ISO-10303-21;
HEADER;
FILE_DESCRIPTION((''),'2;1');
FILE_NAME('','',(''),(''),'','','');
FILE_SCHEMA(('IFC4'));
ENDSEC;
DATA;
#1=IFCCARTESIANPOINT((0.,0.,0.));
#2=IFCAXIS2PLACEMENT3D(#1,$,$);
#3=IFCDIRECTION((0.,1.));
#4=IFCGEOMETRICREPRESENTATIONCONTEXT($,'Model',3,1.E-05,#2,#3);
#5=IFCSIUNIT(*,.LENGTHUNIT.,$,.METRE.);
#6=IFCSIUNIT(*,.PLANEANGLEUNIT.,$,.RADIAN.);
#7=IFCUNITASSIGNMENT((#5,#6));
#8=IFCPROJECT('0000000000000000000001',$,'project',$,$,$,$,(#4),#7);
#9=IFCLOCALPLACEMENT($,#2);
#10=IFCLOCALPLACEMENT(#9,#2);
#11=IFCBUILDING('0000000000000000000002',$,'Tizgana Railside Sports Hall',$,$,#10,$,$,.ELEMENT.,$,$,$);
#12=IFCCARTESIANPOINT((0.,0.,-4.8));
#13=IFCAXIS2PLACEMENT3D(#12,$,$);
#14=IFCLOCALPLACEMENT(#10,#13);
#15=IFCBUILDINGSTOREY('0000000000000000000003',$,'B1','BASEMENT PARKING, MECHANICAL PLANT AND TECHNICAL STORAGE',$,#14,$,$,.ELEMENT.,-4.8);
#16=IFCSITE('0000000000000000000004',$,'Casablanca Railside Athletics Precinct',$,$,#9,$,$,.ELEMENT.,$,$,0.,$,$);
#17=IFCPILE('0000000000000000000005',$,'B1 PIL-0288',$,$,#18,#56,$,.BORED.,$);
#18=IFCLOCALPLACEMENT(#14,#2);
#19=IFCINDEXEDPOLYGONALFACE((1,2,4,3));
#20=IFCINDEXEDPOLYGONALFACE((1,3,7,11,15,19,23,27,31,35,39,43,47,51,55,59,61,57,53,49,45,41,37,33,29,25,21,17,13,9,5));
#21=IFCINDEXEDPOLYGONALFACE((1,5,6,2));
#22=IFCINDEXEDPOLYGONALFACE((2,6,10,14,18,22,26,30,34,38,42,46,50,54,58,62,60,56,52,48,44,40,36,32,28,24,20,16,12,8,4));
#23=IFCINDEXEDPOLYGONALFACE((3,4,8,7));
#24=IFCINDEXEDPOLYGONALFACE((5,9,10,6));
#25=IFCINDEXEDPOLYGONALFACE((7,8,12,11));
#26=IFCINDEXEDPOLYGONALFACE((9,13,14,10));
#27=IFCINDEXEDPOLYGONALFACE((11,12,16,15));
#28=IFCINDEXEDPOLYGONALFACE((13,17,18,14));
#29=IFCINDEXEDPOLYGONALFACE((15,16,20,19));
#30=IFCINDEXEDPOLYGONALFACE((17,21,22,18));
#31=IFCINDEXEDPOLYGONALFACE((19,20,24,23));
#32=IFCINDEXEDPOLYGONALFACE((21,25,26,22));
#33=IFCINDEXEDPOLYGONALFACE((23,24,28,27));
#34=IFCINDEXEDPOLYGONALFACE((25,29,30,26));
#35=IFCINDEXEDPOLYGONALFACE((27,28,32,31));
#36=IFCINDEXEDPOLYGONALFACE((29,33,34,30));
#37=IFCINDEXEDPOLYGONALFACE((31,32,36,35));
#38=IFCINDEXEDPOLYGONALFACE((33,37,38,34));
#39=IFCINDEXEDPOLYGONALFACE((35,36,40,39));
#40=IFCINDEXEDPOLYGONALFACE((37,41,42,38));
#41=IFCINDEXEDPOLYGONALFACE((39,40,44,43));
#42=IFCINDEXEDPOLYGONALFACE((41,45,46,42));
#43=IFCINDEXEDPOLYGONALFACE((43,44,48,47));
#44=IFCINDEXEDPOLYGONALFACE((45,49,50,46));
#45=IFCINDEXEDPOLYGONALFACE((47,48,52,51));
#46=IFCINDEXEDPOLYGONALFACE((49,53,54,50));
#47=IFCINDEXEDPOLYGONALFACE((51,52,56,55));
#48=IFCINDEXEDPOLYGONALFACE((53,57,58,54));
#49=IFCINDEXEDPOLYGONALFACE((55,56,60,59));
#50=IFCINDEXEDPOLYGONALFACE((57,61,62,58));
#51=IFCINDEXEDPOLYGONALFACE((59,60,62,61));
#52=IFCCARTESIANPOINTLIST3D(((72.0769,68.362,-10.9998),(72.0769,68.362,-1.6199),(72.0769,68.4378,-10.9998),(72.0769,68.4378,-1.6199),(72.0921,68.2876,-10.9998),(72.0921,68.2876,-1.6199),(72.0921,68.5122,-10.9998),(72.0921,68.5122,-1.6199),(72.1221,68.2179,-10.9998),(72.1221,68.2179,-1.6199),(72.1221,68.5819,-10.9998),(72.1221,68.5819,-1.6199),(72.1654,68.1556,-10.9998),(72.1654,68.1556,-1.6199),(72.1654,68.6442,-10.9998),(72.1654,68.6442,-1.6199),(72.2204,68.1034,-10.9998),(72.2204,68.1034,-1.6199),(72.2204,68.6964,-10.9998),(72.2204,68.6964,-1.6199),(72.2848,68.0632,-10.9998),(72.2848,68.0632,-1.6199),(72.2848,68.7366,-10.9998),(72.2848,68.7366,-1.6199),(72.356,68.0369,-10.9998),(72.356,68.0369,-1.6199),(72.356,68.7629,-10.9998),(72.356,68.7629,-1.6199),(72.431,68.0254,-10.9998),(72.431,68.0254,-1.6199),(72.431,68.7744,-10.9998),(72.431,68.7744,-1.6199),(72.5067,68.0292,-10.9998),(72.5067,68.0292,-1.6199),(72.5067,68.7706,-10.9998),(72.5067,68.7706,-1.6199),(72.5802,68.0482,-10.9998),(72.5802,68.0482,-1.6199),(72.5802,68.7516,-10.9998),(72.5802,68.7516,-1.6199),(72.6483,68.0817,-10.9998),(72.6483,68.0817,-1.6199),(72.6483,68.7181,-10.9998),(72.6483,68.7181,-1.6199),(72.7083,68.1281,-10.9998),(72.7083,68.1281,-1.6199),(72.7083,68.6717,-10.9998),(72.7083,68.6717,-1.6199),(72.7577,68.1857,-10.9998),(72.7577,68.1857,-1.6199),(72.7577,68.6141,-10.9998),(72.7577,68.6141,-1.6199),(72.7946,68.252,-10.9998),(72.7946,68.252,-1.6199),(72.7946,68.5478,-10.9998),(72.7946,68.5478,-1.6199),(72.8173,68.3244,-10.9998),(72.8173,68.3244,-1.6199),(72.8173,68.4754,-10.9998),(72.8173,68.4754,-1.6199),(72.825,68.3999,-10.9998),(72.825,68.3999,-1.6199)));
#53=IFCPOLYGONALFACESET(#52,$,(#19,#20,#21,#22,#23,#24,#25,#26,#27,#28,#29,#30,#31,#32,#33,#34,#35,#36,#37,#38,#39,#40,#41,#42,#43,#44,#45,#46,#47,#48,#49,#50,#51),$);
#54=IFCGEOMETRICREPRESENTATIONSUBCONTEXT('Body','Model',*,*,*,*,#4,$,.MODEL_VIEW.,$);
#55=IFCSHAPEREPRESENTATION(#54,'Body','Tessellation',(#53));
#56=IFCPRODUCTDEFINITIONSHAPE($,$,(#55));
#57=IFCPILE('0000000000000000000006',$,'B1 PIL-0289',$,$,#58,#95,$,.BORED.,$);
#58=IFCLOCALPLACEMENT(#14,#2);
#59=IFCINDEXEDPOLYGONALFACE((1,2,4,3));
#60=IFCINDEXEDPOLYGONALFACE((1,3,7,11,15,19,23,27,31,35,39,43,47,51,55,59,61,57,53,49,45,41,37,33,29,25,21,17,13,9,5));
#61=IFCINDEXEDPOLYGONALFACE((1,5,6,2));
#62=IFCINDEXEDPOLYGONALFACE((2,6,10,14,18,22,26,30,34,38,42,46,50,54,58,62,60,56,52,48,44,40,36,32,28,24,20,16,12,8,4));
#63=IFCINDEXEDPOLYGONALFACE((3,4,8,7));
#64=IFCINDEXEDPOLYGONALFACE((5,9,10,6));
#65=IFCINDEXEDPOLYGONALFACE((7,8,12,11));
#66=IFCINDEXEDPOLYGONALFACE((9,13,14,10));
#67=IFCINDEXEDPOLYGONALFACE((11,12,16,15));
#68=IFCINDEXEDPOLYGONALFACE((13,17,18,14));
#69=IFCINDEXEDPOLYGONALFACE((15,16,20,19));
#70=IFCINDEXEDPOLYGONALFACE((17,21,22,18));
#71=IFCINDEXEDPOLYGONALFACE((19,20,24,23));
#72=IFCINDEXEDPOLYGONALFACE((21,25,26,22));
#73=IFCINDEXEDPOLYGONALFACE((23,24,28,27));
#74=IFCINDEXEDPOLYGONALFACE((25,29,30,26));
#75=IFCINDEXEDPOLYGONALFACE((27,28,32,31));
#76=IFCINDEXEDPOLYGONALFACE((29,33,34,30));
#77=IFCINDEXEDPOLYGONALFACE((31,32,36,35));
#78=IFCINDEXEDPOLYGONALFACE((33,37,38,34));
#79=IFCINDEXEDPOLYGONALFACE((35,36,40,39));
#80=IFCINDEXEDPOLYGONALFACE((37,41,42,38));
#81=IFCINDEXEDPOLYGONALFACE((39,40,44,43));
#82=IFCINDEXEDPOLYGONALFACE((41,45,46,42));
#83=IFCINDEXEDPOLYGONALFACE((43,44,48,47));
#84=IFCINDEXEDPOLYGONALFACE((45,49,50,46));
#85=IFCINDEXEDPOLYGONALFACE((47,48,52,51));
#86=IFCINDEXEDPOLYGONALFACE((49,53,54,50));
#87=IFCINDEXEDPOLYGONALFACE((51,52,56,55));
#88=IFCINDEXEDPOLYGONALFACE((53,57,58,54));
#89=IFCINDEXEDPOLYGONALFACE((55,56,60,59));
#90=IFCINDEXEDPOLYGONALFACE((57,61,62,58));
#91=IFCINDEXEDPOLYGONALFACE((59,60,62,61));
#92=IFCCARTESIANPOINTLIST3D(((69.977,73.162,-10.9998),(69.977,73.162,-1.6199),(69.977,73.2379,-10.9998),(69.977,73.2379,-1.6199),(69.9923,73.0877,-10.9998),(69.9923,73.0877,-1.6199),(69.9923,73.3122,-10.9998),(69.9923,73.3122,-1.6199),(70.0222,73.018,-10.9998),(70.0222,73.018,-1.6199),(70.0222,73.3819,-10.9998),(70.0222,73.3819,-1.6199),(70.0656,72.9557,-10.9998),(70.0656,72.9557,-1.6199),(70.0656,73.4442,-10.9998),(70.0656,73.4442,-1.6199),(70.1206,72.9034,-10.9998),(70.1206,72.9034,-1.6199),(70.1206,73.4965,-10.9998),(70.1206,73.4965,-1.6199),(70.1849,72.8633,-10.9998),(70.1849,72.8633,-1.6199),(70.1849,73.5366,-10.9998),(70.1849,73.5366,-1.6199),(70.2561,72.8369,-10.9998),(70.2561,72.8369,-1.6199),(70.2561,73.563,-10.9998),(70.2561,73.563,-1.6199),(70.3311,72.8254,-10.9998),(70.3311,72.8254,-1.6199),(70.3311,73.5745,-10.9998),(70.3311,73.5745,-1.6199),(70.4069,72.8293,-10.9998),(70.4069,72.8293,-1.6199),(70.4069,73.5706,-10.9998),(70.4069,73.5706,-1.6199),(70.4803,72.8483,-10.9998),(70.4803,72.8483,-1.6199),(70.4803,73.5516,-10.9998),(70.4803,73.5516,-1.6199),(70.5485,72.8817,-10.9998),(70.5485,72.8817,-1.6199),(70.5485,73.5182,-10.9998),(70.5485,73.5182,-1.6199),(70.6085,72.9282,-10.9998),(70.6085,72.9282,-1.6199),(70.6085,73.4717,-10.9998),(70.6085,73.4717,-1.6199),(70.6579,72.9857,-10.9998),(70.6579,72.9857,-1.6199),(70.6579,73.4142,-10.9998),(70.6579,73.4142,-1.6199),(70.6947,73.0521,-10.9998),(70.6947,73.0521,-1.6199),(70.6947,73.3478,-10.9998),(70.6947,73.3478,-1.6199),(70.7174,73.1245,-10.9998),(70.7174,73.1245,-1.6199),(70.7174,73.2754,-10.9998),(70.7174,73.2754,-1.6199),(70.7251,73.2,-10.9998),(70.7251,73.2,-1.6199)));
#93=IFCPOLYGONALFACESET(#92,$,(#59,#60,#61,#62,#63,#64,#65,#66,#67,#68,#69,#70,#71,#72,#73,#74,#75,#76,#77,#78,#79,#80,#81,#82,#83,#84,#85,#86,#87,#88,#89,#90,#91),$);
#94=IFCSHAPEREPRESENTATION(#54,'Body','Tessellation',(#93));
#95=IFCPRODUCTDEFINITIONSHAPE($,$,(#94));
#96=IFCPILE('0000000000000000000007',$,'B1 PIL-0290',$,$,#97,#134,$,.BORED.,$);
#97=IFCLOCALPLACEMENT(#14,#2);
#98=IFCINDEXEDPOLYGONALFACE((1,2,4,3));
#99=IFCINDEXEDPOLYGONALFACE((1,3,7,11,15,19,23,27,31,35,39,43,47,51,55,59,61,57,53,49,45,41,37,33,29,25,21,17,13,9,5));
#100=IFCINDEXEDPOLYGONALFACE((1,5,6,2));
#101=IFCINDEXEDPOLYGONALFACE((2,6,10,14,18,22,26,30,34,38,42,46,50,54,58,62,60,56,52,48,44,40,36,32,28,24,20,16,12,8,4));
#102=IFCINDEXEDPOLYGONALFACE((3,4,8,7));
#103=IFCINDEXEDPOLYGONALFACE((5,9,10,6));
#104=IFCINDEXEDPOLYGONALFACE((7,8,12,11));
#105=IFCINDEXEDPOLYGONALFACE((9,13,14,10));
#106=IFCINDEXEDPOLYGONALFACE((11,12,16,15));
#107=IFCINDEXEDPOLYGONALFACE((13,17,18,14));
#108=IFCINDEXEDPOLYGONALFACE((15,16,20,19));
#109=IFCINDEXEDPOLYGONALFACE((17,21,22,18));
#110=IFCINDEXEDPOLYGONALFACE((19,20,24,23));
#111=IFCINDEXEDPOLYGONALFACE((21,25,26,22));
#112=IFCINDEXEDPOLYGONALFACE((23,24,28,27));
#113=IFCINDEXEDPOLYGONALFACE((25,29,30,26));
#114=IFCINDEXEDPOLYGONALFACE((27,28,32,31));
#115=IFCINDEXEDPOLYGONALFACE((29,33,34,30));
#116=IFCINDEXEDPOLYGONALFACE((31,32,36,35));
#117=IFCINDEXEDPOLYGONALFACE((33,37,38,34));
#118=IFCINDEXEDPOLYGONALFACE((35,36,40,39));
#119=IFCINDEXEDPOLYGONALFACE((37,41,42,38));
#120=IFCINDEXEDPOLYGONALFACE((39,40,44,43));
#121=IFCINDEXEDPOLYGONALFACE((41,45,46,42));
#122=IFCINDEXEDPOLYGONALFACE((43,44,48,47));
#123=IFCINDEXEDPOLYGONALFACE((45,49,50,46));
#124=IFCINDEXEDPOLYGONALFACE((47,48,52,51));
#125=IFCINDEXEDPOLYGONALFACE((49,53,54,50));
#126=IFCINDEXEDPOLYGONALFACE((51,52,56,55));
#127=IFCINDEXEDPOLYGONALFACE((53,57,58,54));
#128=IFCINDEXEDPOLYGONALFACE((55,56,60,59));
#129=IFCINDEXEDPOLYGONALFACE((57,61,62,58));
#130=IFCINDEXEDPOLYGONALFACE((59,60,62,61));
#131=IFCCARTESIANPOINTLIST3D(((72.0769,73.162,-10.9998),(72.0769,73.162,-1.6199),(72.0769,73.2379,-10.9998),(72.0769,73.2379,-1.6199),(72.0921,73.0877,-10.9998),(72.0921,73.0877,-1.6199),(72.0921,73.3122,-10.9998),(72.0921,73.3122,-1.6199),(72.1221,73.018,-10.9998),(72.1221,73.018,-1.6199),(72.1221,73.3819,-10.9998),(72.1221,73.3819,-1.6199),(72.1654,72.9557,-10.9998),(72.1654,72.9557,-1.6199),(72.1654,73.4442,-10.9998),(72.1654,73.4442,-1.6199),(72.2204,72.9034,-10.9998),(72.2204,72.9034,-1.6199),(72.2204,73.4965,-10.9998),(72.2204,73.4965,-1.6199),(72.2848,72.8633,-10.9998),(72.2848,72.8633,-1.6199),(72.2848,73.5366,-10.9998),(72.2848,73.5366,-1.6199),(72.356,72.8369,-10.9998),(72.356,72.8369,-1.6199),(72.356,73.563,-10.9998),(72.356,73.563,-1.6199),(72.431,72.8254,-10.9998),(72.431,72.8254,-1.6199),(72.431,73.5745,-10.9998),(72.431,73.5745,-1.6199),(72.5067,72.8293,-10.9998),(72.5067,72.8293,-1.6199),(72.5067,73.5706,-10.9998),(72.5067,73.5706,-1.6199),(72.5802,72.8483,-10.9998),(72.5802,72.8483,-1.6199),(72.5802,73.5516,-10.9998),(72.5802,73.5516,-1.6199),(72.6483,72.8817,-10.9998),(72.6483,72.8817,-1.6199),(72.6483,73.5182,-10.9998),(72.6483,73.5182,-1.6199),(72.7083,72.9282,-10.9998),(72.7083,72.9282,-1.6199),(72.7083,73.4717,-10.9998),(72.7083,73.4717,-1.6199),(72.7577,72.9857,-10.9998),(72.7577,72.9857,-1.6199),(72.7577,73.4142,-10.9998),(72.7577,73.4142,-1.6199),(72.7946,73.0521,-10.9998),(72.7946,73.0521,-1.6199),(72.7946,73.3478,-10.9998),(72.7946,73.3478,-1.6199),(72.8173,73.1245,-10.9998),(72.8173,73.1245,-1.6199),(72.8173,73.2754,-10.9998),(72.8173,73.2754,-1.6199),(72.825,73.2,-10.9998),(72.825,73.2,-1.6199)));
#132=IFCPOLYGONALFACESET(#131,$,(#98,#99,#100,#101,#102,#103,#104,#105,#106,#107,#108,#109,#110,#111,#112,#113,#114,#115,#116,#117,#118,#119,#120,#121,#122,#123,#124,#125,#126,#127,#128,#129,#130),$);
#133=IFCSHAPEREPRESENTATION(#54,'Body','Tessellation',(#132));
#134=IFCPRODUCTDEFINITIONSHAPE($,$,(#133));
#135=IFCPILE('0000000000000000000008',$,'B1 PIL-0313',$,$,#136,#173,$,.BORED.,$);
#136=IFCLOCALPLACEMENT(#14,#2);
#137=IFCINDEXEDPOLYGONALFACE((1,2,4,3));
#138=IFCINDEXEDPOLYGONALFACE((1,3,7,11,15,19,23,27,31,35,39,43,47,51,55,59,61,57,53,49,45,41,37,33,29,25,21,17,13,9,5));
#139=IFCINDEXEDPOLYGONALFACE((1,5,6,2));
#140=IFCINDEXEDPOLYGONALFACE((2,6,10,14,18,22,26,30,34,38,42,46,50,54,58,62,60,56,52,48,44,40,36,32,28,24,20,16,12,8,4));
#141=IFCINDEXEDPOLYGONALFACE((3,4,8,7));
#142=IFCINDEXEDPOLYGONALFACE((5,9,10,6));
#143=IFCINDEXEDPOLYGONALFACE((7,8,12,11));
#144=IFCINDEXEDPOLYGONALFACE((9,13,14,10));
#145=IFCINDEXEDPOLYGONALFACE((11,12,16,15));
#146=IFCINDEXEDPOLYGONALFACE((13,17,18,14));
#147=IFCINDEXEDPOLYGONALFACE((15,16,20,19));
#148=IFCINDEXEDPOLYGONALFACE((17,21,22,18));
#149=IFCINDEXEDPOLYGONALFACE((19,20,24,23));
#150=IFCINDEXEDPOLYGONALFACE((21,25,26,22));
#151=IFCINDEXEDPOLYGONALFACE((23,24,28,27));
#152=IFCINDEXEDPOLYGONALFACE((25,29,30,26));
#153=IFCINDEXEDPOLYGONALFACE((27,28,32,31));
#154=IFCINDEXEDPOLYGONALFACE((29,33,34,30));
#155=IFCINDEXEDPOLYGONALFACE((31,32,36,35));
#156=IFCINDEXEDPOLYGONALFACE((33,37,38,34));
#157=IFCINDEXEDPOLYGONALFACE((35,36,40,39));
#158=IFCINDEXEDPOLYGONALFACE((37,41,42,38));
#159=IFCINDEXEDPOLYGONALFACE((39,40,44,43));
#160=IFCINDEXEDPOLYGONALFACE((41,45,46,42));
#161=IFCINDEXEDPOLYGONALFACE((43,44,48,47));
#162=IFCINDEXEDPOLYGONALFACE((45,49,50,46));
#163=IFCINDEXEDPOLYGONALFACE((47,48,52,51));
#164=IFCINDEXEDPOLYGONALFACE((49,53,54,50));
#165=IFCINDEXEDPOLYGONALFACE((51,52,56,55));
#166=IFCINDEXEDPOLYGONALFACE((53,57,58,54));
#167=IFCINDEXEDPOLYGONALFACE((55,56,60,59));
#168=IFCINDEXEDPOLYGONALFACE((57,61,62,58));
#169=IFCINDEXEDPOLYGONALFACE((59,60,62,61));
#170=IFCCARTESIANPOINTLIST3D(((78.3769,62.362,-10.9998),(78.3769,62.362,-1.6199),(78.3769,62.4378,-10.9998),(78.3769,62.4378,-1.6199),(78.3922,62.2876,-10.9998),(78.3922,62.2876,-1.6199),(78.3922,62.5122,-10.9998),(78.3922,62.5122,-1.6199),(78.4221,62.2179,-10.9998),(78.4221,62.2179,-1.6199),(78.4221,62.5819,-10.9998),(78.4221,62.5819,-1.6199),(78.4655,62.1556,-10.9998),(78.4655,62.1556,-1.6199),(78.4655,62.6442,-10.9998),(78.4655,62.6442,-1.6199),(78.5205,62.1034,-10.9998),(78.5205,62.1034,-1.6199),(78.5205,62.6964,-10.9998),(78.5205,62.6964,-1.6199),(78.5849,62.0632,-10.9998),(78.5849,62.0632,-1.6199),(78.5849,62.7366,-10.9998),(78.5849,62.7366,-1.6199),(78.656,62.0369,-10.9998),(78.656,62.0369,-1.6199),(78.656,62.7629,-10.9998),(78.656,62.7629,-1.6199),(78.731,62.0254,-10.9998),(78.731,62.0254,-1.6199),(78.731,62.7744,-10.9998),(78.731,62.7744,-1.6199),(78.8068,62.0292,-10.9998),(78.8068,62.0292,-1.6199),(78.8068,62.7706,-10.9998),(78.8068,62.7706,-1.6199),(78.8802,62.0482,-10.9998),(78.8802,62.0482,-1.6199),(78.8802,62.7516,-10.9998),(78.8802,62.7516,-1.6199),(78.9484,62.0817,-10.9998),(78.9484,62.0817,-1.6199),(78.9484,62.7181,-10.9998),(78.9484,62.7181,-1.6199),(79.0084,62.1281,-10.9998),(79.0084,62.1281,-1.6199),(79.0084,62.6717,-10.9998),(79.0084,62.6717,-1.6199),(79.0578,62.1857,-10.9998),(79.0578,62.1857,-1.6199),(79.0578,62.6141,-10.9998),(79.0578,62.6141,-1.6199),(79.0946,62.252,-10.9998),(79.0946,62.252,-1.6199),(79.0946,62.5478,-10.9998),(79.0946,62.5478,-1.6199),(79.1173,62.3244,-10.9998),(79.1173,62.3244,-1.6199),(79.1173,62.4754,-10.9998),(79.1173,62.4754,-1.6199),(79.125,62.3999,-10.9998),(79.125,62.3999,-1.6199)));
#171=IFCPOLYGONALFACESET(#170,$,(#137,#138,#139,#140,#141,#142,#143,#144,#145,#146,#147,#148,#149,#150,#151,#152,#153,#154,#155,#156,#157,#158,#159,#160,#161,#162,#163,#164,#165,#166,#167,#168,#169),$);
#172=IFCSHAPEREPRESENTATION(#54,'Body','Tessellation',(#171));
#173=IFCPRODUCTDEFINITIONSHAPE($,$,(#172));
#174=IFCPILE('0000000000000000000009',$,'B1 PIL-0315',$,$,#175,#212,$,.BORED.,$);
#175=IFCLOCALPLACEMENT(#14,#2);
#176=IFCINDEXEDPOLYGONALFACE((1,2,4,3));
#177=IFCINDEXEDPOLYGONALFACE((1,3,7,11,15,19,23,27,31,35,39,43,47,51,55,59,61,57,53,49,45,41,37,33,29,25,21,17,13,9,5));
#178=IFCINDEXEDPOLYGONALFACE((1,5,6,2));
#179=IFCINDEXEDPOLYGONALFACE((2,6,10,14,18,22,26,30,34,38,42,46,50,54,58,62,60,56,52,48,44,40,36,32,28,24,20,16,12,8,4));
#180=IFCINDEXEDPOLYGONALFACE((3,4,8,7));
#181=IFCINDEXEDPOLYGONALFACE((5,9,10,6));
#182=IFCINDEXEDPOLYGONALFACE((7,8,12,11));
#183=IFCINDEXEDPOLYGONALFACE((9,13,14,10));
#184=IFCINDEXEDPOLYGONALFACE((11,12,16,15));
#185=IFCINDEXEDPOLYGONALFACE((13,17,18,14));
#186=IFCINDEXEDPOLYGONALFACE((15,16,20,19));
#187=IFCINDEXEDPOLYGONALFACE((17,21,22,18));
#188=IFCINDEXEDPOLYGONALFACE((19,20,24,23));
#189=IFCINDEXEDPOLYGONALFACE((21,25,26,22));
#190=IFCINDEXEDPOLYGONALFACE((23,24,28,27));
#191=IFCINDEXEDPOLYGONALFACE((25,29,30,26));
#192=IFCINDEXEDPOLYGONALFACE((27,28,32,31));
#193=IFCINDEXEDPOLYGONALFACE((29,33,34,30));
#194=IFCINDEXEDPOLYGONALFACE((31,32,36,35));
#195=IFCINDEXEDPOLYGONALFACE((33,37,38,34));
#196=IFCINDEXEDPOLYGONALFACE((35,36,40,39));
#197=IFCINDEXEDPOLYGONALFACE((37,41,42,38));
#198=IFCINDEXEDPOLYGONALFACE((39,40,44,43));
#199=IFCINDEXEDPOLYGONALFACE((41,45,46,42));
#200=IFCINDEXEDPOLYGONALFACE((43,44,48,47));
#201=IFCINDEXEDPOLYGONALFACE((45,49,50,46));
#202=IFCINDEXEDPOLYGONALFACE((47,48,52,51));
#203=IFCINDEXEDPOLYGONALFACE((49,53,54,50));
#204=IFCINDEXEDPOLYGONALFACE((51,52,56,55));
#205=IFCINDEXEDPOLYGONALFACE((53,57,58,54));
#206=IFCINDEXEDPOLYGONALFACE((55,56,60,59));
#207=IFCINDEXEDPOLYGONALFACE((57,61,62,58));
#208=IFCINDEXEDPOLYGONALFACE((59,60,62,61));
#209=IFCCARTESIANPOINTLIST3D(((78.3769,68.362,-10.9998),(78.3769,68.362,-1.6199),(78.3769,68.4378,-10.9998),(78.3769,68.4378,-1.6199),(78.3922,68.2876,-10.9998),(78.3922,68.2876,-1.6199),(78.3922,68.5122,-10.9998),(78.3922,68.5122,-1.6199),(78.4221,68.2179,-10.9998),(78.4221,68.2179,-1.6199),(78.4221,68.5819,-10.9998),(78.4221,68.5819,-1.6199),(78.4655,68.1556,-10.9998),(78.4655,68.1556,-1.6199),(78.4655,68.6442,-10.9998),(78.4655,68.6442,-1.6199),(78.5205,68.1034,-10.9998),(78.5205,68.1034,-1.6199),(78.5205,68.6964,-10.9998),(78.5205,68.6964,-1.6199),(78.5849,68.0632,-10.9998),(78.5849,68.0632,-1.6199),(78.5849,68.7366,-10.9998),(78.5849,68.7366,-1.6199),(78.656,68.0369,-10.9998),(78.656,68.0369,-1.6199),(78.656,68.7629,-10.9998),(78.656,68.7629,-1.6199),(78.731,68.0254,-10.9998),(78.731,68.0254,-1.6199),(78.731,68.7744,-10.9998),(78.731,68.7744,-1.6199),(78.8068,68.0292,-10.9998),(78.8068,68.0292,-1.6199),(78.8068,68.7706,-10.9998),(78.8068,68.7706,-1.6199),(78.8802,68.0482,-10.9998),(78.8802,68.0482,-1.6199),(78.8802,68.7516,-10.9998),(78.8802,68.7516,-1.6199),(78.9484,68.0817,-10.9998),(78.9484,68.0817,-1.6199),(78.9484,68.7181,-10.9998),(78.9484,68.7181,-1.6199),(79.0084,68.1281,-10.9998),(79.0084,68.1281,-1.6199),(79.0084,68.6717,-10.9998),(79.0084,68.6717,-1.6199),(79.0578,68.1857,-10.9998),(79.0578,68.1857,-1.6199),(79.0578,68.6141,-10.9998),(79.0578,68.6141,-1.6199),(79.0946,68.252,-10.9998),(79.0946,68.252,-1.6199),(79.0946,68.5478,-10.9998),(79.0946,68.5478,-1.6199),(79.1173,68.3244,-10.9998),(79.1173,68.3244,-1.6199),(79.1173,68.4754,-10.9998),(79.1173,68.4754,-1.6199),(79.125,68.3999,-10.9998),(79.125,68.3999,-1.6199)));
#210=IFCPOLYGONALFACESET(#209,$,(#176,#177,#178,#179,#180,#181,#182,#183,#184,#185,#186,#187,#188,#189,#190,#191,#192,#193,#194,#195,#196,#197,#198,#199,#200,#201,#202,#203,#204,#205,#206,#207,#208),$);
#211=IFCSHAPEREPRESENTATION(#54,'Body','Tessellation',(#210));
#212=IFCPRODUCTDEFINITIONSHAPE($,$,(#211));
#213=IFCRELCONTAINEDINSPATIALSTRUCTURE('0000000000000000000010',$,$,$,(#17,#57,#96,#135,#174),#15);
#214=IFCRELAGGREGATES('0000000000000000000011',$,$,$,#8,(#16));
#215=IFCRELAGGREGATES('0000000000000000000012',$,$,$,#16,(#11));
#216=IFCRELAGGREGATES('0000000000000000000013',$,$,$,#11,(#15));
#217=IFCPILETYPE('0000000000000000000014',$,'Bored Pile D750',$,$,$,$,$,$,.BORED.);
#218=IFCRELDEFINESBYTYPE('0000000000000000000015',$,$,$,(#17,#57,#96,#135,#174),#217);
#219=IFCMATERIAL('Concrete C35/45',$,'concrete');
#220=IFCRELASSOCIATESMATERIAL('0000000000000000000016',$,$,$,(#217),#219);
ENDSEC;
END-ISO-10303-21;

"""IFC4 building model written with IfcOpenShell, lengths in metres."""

from ifc_helpers import new_model, si_unit, direction, frame, origin, origin_2d, place, context, subcontext, project, spatial, circle, extrude, material, material_profile, profile_set, type_object, element, save


model = new_model("IFC4")

# Units and contexts
model_context = context("Model", 3, precision=1e-05, world=origin(), true_north=direction((0.0, 1.0)))
body_context = subcontext(model_context, "Body", "Model", "MODEL_VIEW")
ifc_project = project(units=[si_unit("LENGTHUNIT", "METRE"), si_unit("PLANEANGLEUNIT", "RADIAN")], contexts=[model_context])

# Site, building, storey
site_placement = place(None, origin())
site = spatial("IfcSite", under=ifc_project, at=site_placement, Name="Casablanca Railside Athletics Precinct", CompositionType="ELEMENT", RefElevation=0.0)
building_placement = place(site_placement, origin())
building = spatial("IfcBuilding", under=site, at=building_placement, Name="Tizgana Railside Sports Hall", CompositionType="ELEMENT")
storey_placement = place(building_placement, frame((0.0, 0.0, -4.8)))
storey = spatial("IfcBuildingStorey", under=building, at=storey_placement, Name="B1", Description="BASEMENT PARKING, MECHANICAL PLANT AND TECHNICAL STORAGE", CompositionType="ELEMENT", Elevation=-4.8)

# Piles
ifc_material_1 = material(Name="Concrete C35/45", Category="concrete")
ifc_material_profile_1 = material_profile(ifc_material_1, circle(Radius=0.375, at=origin_2d()), Name="PILE D750")
ifc_profile_set_1 = profile_set([ifc_material_profile_1], Name="Concrete C35/45")
pile_type_1 = type_object("IfcPileType", Name="Bored Pile D750", PredefinedType="BORED", material=ifc_profile_set_1)
for number, where, z_axis, x_axis, name in (
    (1, (72.45, 68.3999, -1.6199), (0.0, 0.0, -1.0), (1.0, 0.0, 0.0), "B1 PIL-0288"),
    (2, (70.3501, 73.2, -1.6199), (0.0, 0.0, -1.0), (1.0, 0.0, 0.0), "B1 PIL-0289"),
    (3, (72.45, 73.2, -1.6199), (0.0, 0.0, -1.0), (1.0, 0.0, 0.0), "B1 PIL-0290"),
    (4, (78.75, 62.3999, -1.6199), (0.0, 0.0, -1.0), (1.0, 0.0, 0.0), "B1 PIL-0313"),
    (5, (78.75, 68.3999, -1.6199), (0.0, 0.0, -1.0), (1.0, 0.0, 0.0), "B1 PIL-0315"),
):
    element("IfcPile", number, at=place(storey_placement, frame(where, z_axis=z_axis, x_axis=x_axis)), inside=storey, type_object=pile_type_1, Name=name, PredefinedType="BORED", context=body_context, shape_type="SweptSolid", body=[
        extrude(circle(Radius=0.375, at=origin_2d()), origin(), (0.0, 0.0, 1.0), 9.3799),
    ])

save(model, "model.ifc")
